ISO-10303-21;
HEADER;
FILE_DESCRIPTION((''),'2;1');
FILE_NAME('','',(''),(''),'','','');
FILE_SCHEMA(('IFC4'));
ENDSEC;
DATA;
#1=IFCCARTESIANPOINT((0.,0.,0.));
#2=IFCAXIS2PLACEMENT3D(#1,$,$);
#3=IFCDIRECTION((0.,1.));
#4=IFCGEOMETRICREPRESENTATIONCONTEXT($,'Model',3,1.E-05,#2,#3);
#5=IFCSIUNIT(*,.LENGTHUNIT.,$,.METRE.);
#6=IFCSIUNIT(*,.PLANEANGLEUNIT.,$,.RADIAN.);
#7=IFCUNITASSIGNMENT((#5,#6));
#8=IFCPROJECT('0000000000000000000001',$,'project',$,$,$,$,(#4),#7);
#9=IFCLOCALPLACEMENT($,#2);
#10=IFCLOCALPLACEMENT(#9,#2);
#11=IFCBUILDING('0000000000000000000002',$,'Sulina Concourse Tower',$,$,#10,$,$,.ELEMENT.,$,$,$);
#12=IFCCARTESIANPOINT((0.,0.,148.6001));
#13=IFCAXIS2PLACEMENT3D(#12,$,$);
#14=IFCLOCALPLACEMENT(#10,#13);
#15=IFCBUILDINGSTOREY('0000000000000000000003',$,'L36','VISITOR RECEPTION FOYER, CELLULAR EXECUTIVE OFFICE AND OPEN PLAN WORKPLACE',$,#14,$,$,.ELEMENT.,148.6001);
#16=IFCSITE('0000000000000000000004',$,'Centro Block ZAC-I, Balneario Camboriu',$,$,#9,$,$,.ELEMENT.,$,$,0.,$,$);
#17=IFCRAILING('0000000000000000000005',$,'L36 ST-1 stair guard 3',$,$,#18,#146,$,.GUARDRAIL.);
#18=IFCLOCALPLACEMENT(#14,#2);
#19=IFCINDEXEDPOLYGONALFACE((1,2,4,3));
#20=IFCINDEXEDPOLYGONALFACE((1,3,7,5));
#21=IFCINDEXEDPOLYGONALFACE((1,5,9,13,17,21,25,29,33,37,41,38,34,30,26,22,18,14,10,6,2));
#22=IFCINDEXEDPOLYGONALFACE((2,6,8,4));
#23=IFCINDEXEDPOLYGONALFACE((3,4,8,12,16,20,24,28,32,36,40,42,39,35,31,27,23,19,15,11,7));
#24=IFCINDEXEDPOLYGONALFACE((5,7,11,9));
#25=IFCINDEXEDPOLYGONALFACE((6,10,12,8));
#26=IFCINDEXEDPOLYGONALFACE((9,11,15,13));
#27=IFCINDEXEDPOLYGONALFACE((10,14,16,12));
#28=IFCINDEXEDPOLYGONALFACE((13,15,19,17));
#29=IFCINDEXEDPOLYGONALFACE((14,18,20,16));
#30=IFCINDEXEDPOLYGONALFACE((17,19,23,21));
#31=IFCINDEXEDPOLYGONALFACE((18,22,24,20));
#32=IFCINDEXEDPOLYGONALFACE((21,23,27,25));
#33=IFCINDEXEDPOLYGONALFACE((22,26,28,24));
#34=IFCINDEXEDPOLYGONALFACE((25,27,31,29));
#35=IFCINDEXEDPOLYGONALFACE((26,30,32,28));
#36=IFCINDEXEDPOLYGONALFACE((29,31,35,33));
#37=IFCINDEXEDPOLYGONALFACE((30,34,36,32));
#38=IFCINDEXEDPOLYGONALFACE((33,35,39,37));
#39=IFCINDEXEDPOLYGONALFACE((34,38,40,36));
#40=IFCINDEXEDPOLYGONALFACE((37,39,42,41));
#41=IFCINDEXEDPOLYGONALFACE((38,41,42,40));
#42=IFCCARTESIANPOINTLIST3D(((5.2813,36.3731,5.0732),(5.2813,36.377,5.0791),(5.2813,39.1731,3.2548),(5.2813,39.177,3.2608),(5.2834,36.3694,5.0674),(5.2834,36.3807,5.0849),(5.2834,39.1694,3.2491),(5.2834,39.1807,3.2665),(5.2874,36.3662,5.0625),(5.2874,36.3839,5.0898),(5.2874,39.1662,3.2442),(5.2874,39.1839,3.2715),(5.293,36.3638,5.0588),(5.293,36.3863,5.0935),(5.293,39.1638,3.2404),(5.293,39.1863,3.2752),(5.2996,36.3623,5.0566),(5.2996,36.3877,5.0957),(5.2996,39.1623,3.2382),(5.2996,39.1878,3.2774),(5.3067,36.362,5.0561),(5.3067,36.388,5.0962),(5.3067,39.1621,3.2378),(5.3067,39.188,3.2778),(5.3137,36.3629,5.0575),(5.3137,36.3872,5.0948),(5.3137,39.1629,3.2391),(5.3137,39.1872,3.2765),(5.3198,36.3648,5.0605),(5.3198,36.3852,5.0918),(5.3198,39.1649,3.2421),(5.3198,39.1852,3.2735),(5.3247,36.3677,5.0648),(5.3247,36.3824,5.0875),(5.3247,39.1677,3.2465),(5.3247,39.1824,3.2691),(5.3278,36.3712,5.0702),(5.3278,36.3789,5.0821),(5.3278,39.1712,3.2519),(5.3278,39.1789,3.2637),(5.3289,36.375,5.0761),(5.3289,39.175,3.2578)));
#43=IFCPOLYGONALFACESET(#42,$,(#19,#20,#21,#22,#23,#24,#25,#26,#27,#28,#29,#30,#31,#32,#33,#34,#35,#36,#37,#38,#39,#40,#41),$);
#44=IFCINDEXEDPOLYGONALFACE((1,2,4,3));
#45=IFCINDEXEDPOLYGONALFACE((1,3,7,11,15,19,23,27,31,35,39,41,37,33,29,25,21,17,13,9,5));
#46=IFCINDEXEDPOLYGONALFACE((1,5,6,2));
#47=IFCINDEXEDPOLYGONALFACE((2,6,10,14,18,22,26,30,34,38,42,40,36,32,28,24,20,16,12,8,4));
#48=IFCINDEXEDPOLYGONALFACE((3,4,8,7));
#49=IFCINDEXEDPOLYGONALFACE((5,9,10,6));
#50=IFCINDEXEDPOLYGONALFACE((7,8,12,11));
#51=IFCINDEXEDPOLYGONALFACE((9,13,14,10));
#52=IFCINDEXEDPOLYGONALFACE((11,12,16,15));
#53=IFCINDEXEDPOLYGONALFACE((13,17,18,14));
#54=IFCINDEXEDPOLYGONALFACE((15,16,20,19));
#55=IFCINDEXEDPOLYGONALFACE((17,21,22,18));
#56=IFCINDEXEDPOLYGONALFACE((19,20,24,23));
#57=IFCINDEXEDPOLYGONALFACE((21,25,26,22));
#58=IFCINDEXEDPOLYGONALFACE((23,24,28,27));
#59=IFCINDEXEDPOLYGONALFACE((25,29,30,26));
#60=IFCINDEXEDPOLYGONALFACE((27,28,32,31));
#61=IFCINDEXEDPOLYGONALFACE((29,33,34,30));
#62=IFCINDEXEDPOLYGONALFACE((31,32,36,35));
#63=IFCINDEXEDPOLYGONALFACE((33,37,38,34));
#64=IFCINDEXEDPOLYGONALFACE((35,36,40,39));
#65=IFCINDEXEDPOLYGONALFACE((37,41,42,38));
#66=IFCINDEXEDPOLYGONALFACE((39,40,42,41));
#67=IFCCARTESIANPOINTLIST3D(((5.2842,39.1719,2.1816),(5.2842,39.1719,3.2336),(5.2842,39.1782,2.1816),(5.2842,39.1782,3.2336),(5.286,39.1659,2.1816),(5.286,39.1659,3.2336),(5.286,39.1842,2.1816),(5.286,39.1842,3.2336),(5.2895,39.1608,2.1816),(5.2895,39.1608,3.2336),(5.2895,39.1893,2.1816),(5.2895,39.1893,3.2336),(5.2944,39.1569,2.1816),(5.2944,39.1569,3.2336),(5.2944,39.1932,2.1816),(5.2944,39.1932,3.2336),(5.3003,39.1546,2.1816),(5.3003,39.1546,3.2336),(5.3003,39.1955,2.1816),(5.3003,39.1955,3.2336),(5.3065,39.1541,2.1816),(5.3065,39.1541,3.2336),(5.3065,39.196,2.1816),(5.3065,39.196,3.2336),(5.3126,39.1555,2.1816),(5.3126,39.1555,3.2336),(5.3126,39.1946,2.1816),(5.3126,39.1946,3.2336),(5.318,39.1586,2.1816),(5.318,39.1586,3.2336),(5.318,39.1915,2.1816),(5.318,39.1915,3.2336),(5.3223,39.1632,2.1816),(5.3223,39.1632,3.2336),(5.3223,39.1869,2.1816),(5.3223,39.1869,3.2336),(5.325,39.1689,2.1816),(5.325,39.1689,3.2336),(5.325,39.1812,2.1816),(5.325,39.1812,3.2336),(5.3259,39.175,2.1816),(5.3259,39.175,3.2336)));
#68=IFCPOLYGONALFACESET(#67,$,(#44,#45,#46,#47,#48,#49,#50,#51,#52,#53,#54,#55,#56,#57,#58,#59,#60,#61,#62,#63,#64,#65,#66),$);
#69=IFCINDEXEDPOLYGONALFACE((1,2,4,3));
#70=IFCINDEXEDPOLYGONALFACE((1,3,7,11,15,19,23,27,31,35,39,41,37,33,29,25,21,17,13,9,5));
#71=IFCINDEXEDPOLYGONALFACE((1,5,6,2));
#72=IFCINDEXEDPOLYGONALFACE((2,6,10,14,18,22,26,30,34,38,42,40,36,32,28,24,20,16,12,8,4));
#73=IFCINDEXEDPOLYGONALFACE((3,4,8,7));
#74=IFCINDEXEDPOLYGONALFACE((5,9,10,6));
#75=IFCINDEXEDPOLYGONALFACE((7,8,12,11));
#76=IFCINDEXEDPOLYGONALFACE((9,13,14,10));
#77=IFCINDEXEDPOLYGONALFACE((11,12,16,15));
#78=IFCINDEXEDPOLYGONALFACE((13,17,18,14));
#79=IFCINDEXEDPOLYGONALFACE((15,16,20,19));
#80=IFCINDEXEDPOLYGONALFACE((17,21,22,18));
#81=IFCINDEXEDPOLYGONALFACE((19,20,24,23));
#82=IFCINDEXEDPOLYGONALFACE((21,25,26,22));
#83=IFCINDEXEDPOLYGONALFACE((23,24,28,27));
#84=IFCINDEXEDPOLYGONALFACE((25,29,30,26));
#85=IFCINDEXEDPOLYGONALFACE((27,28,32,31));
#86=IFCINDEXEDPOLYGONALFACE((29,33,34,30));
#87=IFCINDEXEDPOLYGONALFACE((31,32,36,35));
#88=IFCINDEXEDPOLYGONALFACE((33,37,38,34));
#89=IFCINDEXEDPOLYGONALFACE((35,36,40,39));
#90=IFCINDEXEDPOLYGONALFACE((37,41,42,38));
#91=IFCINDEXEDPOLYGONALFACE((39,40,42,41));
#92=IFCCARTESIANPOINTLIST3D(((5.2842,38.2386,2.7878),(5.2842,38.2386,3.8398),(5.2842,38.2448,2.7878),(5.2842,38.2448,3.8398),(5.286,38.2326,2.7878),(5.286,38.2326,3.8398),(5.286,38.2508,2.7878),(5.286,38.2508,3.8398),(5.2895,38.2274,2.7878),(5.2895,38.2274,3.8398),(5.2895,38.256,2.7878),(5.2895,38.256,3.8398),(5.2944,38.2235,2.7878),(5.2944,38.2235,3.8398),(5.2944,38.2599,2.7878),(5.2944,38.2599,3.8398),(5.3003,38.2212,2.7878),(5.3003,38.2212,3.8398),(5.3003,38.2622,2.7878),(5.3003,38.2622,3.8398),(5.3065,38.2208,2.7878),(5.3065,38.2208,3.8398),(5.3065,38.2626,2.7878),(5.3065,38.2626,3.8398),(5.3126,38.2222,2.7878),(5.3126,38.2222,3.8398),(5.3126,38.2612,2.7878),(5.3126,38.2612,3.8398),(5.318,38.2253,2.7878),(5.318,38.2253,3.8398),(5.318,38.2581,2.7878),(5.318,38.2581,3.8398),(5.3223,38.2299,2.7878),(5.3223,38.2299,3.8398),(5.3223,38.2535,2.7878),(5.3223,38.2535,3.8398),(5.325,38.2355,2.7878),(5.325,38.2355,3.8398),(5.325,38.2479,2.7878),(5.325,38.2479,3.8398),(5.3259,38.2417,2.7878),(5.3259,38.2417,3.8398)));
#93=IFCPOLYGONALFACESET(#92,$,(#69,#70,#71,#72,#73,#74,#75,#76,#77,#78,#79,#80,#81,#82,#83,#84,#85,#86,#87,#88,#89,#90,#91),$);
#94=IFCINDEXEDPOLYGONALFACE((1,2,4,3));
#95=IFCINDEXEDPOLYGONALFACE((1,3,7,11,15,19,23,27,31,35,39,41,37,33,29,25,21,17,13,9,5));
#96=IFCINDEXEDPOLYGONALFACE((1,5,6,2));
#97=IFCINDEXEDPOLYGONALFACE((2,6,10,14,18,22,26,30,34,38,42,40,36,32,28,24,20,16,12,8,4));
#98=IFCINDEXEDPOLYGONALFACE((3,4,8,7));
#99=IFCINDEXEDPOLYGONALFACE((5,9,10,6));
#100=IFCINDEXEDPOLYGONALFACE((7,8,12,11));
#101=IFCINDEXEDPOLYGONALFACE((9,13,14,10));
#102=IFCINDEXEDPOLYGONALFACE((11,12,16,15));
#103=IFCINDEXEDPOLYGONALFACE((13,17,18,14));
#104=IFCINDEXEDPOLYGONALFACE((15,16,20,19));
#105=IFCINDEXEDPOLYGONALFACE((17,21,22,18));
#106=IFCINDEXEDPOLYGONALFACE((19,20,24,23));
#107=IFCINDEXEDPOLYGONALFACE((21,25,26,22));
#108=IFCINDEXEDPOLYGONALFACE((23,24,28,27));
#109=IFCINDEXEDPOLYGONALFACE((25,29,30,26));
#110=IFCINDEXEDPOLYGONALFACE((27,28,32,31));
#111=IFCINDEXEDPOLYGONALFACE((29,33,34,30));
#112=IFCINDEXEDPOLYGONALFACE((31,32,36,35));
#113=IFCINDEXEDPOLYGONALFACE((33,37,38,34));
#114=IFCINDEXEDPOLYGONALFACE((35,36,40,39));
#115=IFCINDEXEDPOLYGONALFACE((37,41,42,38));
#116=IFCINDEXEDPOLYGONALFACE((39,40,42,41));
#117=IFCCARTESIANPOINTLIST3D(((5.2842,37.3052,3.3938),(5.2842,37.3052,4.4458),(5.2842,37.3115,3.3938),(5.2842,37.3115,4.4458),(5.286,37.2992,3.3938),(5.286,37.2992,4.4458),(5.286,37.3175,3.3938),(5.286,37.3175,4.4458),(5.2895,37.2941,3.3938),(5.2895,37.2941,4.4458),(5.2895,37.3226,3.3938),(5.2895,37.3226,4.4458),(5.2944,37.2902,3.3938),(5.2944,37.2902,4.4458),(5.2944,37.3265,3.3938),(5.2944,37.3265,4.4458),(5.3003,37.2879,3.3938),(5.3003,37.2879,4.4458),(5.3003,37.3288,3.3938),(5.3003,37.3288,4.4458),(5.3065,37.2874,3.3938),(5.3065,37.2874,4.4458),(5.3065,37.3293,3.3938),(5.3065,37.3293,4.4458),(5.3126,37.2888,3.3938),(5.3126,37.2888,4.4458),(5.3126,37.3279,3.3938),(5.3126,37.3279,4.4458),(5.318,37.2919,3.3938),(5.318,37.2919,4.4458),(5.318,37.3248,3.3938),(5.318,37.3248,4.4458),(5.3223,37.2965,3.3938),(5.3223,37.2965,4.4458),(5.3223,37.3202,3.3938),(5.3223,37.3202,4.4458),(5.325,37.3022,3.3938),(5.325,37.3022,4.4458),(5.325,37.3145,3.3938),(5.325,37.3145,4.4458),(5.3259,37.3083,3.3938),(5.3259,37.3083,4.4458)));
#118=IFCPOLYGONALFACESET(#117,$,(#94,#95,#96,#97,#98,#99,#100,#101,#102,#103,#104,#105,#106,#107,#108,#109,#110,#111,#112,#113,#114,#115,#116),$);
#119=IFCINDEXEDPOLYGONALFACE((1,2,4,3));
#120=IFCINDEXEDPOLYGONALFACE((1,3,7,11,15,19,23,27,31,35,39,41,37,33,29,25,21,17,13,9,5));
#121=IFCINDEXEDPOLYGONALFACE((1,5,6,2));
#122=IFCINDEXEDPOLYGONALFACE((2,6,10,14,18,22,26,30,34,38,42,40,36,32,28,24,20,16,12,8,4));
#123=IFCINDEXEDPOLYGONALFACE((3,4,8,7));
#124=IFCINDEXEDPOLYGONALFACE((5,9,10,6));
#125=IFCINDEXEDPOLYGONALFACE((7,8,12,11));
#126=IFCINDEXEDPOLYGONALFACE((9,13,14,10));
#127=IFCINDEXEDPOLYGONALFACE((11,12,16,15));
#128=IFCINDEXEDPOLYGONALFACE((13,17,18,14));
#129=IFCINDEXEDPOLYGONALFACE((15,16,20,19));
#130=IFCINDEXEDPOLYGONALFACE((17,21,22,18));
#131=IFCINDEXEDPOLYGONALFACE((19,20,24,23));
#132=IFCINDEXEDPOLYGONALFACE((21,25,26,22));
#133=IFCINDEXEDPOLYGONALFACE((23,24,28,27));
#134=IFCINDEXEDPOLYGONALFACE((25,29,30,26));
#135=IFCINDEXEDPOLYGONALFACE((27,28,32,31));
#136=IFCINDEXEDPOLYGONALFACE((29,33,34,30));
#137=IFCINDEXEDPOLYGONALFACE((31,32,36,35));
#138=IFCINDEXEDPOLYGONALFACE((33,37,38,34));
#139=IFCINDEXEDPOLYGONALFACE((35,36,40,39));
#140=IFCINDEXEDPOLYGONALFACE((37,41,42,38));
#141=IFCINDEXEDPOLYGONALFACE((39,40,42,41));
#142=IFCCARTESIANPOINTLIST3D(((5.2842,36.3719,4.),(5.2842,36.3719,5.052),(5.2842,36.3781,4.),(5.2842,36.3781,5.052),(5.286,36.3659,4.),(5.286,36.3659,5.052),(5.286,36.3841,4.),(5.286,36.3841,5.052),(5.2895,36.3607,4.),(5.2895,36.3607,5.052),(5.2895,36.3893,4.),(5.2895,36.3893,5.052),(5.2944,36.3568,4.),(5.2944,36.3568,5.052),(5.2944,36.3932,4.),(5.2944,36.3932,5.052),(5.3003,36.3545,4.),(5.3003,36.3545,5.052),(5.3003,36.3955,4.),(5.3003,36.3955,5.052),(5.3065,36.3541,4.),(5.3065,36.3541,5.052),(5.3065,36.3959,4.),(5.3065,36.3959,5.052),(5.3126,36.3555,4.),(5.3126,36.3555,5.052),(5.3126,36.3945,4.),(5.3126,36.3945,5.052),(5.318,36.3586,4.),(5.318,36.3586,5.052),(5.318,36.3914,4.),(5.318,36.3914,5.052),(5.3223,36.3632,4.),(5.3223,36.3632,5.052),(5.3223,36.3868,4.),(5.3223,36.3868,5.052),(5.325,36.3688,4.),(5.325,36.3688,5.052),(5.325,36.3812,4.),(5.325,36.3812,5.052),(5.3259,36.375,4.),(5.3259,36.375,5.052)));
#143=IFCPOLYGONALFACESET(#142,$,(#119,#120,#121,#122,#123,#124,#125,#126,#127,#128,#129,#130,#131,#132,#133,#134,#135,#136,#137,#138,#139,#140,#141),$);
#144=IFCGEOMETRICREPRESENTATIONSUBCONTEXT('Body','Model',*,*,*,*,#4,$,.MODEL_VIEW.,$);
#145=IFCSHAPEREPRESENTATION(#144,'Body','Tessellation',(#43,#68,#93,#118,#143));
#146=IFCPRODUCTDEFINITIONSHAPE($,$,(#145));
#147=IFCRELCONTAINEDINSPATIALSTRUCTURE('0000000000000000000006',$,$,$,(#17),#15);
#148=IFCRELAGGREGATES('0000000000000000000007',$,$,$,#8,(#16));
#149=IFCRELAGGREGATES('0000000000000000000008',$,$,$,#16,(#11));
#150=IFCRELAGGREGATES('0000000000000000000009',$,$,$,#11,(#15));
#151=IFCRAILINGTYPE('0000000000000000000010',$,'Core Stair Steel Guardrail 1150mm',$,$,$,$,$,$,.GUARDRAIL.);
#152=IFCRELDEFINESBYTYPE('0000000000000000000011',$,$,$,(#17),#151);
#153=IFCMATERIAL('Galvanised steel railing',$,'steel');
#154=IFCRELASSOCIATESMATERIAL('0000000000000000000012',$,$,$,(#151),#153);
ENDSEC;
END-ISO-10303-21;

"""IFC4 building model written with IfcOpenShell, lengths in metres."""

from ifc_helpers import new_model, si_unit, direction, frame, origin, origin_2d, place, context, subcontext, project, spatial, circle, extrude, material, type_object, element, save


model = new_model("IFC4")

# Units and contexts
model_context = context("Model", 3, precision=1e-05, world=origin(), true_north=direction((0.0, 1.0)))
body_context = subcontext(model_context, "Body", "Model", "MODEL_VIEW")
ifc_project = project(units=[si_unit("LENGTHUNIT", "METRE"), si_unit("PLANEANGLEUNIT", "RADIAN")], contexts=[model_context])

# Site, building, storey
site_placement = place(None, origin())
site = spatial("IfcSite", under=ifc_project, at=site_placement, Name="Centro Block ZAC-I, Balneario Camboriu", CompositionType="ELEMENT", RefElevation=0.0)
building_placement = place(site_placement, origin())
building = spatial("IfcBuilding", under=site, at=building_placement, Name="Sulina Concourse Tower", CompositionType="ELEMENT")
storey_placement = place(building_placement, frame((0.0, 0.0, 148.6001)))
storey = spatial("IfcBuildingStorey", under=building, at=storey_placement, Name="L36", Description="VISITOR RECEPTION FOYER, CELLULAR EXECUTIVE OFFICE AND OPEN PLAN WORKPLACE", CompositionType="ELEMENT", Elevation=148.6001)

# Railing
ifc_material_1 = material(Name="Galvanised steel railing", Category="steel")
railing_type_1 = type_object("IfcRailingType", Name="Core Stair Steel Guardrail 1150mm", PredefinedType="GUARDRAIL", material=ifc_material_1)
railing_1_placement = place(storey_placement, frame((5.3049, 39.175, 2.1816)))
element("IfcRailing", 1, at=railing_1_placement, inside=storey, type_object=railing_type_1, Name="L36 ST-1 stair guard 3", PredefinedType="GUARDRAIL", context=body_context, shape_type="SweptSolid", body=[
    extrude(circle(Radius=0.0239, at=origin_2d()), frame((0.0, 0.0, 1.0762), z_axis=(0.0, -0.838672, 0.544636), x_axis=(1.0, 0.0, 0.0)), (0.0, 0.0, 1.0), 3.3386),
    extrude(circle(Radius=0.021, at=origin_2d()), origin(), (0.0, 0.0, 1.0), 1.052),
    extrude(circle(Radius=0.021, at=origin_2d()), frame((0.0, -0.9333, 0.6062)), (0.0, 0.0, 1.0), 1.052),
    extrude(circle(Radius=0.021, at=origin_2d()), frame((0.0, -1.8667, 1.2122)), (0.0, 0.0, 1.0), 1.052),
    extrude(circle(Radius=0.021, at=origin_2d()), frame((0.0, -2.8, 1.8184)), (0.0, 0.0, 1.0), 1.052),
])

save(model, "model.ifc")
